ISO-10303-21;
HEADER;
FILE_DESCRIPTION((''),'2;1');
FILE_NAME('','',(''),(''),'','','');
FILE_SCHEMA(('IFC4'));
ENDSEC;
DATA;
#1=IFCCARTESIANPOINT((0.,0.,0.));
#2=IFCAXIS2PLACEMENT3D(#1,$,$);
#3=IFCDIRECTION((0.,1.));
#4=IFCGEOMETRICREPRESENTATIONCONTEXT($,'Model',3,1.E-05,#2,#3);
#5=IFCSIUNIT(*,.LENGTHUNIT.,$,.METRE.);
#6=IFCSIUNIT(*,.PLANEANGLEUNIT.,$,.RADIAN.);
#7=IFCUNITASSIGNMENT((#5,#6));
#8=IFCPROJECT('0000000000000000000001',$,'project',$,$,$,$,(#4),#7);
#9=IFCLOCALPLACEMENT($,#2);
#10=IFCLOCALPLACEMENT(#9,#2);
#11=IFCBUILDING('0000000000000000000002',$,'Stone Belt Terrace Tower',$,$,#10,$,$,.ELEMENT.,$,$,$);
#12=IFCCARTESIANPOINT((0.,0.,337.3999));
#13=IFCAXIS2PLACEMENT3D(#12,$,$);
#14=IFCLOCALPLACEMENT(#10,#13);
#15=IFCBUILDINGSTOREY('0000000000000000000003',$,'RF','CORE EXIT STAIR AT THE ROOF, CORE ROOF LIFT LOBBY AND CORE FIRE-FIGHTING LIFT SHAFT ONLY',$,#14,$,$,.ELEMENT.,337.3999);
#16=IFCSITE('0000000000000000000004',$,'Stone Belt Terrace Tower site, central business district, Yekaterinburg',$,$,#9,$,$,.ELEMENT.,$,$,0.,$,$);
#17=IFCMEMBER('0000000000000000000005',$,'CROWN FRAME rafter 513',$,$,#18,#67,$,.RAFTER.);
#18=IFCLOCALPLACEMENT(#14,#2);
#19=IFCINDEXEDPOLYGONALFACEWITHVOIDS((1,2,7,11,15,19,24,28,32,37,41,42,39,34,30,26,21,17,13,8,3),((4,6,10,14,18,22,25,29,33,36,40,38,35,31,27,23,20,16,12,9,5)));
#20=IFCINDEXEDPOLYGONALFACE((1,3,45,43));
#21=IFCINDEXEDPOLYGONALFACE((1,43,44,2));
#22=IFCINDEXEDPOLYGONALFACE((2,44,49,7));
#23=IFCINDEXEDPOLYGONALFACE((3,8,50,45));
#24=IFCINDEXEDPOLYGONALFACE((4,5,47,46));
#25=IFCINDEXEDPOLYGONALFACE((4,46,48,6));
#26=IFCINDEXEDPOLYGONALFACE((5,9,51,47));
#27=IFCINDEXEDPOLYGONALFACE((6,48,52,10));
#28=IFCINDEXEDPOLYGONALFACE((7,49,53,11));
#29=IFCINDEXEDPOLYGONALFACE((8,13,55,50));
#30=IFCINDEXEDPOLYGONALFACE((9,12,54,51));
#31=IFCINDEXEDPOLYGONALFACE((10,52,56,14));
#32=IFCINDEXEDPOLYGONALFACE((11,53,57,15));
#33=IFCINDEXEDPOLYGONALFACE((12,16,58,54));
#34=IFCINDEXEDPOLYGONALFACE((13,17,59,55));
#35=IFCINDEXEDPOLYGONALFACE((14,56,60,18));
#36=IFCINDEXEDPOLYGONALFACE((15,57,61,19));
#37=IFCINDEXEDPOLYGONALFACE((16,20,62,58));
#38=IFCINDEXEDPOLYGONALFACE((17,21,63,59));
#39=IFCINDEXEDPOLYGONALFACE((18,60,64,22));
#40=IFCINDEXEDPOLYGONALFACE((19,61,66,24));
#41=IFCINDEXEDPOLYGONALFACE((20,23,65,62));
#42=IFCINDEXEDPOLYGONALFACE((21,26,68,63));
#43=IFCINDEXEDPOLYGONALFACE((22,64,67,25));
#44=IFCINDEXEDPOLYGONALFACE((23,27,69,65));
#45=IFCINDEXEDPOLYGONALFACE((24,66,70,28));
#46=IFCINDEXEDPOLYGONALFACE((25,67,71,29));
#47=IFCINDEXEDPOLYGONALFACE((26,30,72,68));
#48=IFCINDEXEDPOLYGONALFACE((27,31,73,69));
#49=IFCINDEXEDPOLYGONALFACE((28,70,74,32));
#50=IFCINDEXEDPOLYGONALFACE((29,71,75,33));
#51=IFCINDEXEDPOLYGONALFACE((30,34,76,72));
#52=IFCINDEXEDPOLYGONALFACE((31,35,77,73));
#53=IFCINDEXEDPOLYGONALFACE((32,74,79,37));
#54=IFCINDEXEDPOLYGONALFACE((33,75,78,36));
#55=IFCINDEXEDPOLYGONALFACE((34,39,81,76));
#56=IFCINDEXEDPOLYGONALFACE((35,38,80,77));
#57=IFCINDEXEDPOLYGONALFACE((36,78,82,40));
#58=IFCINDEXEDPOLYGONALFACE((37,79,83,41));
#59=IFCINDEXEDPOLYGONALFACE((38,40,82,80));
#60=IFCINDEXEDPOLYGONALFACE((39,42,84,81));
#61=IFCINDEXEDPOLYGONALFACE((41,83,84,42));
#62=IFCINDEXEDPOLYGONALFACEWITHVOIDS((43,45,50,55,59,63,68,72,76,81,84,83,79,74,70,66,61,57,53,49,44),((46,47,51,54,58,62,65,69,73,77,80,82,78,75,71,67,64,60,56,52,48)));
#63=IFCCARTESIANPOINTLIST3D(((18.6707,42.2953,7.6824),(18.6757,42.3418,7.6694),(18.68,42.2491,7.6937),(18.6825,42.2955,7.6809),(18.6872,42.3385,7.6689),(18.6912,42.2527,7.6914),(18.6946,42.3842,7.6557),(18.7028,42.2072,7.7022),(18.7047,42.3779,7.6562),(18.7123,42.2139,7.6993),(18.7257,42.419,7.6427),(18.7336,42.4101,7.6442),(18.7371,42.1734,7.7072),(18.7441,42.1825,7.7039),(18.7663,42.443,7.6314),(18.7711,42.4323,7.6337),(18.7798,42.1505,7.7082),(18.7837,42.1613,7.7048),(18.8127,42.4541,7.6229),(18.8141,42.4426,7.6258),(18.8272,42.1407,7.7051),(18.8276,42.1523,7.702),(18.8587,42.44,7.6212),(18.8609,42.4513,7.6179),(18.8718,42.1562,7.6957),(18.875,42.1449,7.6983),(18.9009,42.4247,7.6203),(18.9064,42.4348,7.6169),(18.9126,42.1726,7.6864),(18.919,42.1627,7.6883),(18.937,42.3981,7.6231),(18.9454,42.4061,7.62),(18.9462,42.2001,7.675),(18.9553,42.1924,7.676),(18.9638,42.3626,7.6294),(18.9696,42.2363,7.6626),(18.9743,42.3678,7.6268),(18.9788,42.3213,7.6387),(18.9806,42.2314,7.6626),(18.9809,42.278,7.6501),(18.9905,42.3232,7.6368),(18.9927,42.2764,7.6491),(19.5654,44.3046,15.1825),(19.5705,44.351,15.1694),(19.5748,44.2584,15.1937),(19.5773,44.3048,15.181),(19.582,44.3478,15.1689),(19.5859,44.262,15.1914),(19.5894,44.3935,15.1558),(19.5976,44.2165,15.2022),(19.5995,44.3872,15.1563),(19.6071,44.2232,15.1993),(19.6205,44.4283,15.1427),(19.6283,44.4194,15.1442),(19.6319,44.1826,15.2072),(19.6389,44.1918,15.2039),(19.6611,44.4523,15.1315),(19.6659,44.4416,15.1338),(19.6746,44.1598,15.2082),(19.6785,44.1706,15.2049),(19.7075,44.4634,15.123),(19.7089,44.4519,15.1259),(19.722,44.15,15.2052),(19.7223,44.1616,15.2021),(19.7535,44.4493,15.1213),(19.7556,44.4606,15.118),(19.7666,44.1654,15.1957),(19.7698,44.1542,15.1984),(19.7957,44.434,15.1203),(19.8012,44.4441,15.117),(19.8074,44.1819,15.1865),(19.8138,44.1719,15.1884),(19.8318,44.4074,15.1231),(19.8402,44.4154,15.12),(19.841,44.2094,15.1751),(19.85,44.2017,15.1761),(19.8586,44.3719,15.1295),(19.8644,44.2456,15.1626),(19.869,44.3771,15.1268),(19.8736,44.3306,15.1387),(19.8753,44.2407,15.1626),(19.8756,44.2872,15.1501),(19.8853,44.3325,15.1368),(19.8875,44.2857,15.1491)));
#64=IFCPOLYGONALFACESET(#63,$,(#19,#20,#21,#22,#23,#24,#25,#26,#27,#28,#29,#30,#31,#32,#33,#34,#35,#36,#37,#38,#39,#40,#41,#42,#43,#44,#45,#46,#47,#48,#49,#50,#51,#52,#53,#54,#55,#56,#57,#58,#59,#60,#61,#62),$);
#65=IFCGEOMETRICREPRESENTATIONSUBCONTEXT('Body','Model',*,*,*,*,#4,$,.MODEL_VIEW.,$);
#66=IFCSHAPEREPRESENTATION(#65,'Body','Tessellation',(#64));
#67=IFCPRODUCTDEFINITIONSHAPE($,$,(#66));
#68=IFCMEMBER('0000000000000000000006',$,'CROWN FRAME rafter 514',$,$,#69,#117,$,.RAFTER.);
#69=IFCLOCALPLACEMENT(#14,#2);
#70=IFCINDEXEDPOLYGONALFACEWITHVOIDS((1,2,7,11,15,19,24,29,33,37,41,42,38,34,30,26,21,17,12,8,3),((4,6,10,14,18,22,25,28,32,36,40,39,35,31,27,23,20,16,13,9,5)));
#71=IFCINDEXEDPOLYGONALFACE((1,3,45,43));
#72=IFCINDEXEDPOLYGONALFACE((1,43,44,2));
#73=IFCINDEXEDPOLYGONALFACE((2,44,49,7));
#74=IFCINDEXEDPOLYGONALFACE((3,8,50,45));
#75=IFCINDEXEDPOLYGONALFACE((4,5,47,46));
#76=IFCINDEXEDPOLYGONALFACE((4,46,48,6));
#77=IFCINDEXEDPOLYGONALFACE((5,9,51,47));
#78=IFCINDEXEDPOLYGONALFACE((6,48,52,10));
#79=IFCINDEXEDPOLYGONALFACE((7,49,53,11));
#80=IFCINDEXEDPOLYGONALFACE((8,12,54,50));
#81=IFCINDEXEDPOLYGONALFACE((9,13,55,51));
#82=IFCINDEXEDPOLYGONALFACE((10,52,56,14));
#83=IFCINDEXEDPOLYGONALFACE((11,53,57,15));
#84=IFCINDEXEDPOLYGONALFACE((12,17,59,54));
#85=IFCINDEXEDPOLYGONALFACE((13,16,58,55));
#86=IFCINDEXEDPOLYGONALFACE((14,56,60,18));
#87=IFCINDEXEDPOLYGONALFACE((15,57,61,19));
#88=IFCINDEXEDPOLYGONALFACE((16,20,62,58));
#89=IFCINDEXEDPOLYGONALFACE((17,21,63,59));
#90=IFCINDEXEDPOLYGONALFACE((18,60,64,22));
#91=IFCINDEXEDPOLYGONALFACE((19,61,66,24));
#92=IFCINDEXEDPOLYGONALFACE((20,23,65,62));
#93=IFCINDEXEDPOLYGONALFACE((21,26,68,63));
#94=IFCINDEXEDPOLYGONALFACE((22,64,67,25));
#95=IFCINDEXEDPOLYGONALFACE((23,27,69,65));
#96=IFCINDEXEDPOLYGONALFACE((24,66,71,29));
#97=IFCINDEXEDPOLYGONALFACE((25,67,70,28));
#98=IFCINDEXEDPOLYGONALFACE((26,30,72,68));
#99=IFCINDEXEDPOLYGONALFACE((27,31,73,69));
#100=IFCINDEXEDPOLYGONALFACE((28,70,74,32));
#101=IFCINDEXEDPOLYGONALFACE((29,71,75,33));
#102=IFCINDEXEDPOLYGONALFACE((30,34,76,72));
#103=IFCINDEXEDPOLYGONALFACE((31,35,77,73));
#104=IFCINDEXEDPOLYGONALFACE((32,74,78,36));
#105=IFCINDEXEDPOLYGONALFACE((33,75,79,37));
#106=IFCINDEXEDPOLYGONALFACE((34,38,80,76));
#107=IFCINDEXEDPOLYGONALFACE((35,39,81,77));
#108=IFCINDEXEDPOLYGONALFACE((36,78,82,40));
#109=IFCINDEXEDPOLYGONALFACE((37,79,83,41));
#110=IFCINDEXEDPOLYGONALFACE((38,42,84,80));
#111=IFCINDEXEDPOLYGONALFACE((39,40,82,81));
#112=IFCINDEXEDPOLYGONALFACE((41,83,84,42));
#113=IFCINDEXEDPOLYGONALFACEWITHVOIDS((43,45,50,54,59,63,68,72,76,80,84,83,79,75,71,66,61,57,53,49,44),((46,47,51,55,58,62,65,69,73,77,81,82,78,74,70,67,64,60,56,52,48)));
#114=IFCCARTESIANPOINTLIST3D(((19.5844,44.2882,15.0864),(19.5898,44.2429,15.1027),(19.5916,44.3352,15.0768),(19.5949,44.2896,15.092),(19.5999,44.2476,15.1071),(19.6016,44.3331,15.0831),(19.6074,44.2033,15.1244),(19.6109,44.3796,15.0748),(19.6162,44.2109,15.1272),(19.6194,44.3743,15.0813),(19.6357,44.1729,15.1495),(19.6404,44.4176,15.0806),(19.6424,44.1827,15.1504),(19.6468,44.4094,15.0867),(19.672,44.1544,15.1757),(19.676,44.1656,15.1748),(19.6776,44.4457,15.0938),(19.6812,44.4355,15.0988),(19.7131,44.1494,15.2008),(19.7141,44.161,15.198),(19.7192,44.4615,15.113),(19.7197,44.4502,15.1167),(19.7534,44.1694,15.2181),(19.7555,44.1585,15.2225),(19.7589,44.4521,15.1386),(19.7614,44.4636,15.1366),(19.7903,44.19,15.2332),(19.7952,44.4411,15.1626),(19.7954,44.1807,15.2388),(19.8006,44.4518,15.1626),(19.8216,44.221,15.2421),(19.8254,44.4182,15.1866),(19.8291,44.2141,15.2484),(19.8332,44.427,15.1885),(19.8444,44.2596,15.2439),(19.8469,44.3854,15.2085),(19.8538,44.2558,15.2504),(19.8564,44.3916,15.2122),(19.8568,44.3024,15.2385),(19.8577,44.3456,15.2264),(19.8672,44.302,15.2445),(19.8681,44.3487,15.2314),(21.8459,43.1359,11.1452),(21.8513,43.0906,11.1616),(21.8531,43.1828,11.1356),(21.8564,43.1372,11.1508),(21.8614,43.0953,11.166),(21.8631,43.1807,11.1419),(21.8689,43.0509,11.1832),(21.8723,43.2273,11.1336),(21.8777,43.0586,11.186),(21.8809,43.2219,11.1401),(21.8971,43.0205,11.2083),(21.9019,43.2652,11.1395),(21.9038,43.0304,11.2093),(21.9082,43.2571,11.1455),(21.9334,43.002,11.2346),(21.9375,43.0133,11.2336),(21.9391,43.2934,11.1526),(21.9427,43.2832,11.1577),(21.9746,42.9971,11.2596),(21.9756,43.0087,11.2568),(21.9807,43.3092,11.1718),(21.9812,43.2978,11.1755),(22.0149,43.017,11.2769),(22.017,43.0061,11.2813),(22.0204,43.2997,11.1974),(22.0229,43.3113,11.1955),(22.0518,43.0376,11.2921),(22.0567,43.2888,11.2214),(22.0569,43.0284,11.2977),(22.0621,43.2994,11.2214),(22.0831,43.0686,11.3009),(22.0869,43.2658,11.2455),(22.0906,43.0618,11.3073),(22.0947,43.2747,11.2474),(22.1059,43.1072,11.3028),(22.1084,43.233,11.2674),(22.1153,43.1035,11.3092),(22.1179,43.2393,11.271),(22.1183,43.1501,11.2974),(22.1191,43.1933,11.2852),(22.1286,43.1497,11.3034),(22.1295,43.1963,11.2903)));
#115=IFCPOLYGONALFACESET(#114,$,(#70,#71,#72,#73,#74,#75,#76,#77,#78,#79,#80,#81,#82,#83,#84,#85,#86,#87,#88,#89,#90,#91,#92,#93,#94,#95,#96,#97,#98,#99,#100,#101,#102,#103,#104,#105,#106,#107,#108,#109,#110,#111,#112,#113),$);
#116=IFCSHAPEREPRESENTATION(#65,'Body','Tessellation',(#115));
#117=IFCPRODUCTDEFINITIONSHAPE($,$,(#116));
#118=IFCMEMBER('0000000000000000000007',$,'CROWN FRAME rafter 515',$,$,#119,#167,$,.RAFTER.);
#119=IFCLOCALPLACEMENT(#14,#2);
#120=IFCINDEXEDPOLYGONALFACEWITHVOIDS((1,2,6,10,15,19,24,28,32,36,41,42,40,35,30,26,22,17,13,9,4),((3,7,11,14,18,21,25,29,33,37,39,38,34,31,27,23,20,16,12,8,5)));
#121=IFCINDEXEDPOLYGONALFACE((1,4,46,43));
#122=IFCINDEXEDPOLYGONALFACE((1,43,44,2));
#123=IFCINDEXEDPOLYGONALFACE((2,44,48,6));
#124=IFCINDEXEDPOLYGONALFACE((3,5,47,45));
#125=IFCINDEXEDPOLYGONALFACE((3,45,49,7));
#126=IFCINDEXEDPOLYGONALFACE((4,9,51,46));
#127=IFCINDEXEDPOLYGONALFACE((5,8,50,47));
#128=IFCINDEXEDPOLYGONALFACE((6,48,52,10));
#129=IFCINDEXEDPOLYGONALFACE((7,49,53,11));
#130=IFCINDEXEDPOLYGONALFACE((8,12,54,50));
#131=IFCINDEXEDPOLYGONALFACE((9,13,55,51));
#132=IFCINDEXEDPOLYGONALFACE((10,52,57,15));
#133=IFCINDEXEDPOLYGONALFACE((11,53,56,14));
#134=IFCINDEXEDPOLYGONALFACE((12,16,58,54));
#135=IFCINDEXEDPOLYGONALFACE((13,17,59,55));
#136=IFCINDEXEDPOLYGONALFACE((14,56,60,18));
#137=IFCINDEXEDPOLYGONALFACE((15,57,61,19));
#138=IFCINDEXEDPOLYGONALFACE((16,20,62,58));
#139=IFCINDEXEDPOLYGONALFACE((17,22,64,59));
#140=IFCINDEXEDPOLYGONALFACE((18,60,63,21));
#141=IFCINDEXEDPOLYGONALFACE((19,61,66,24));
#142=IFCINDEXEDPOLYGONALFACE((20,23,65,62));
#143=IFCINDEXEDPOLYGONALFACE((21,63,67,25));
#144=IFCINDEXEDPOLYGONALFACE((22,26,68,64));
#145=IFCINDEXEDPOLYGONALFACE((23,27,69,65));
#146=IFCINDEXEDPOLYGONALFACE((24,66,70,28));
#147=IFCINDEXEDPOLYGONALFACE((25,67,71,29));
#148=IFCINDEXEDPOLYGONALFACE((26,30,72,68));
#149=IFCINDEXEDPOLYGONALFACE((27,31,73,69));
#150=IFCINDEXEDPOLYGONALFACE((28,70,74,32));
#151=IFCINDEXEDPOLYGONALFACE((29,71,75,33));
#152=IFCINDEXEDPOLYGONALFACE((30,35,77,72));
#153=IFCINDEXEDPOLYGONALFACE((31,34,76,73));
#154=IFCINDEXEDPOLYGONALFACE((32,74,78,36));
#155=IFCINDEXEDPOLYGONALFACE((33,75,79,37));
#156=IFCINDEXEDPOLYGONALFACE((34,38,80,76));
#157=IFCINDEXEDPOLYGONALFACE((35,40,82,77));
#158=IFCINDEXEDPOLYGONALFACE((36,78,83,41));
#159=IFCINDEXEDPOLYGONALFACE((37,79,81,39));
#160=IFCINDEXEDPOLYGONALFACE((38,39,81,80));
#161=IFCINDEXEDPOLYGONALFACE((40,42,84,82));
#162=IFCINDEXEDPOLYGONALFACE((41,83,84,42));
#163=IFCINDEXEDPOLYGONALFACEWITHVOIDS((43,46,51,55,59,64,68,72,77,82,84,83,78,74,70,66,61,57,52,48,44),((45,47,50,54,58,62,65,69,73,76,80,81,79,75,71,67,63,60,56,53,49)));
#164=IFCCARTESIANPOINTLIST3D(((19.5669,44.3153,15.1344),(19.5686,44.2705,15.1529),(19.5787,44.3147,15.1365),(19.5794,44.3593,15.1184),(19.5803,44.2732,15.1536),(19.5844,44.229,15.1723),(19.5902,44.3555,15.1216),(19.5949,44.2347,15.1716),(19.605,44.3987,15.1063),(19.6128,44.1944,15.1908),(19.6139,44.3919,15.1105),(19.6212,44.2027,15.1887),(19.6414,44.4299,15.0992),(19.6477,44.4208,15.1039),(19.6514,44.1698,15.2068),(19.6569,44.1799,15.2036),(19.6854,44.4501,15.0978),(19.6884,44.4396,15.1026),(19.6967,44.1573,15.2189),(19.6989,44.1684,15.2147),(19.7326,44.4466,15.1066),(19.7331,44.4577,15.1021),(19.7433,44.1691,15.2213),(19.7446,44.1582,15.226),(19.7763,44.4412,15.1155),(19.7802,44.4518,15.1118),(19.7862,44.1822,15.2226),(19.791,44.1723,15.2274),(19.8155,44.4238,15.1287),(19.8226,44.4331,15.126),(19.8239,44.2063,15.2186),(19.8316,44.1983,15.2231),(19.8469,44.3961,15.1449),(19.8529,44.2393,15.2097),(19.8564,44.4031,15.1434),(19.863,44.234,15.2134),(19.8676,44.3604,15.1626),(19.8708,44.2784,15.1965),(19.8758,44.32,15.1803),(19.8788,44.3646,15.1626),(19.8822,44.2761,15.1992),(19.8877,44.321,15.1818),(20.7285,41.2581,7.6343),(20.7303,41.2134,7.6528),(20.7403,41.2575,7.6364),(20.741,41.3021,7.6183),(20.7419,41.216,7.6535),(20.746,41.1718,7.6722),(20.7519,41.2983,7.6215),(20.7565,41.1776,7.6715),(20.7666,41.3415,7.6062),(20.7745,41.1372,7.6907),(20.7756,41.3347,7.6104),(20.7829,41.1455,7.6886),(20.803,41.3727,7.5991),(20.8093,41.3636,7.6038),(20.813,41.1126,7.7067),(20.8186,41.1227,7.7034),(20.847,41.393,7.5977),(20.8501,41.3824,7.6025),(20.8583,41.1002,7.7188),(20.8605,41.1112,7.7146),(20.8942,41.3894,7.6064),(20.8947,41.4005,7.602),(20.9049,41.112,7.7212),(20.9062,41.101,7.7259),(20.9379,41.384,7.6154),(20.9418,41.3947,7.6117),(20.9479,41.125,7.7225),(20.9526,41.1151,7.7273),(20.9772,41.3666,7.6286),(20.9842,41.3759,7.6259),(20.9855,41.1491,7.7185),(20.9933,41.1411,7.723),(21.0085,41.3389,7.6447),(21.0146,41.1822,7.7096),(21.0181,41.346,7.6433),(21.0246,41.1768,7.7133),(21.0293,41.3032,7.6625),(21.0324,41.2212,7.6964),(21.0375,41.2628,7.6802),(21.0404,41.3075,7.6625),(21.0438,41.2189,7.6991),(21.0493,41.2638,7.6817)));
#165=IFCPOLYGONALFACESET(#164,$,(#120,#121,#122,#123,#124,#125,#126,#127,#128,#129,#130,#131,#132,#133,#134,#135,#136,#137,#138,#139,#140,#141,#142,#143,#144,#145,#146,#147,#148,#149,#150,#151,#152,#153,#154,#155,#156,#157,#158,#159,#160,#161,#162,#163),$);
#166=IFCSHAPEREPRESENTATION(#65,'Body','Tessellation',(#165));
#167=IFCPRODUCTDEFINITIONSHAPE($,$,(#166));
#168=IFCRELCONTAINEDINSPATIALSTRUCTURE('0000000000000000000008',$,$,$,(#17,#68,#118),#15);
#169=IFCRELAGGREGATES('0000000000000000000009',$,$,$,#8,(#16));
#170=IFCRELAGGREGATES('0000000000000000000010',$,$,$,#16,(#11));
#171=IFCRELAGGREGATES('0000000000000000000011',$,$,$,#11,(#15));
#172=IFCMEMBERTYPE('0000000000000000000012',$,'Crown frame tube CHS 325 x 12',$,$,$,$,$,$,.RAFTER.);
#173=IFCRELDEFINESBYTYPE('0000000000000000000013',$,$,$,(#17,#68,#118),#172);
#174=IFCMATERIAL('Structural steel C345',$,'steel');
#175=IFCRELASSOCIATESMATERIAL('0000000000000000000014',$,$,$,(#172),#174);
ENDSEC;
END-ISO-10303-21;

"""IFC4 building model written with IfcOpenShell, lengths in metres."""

from ifc_helpers import new_model, si_unit, direction, frame, origin, origin_2d, place, context, subcontext, project, spatial, hollow_circle, extrude, material, material_profile, profile_set, type_object, element, save


model = new_model("IFC4")

# Units and contexts
model_context = context("Model", 3, precision=1e-05, world=origin(), true_north=direction((0.0, 1.0)))
body_context = subcontext(model_context, "Body", "Model", "MODEL_VIEW")
ifc_project = project(units=[si_unit("LENGTHUNIT", "METRE"), si_unit("PLANEANGLEUNIT", "RADIAN")], contexts=[model_context])

# Site, building, storey
site_placement = place(None, origin())
site = spatial("IfcSite", under=ifc_project, at=site_placement, Name="Stone Belt Terrace Tower site, central business district, Yekaterinburg", CompositionType="ELEMENT", RefElevation=0.0)
building_placement = place(site_placement, origin())
building = spatial("IfcBuilding", under=site, at=building_placement, Name="Stone Belt Terrace Tower", CompositionType="ELEMENT")
storey_placement = place(building_placement, frame((0.0, 0.0, 337.3999)))
storey = spatial("IfcBuildingStorey", under=building, at=storey_placement, Name="RF", Description="CORE EXIT STAIR AT THE ROOF, CORE ROOF LIFT LOBBY AND CORE FIRE-FIGHTING LIFT SHAFT ONLY", CompositionType="ELEMENT", Elevation=337.3999)

# Members
ifc_material_1 = material(Name="Structural steel C345", Category="steel")
ifc_material_profile_1 = material_profile(ifc_material_1, hollow_circle(Radius=0.1626, WallThickness=0.012, at=origin_2d()), Name="Structural steel C345 CHS 325x12")
ifc_profile_set_1 = profile_set([ifc_material_profile_1], Name="Structural steel C345")
member_type_1 = type_object("IfcMemberType", Name="Crown frame tube CHS 325 x 12", PredefinedType="RAFTER", material=ifc_profile_set_1)
member_1_placement = place(storey_placement, frame((19.7268, 44.3069, 15.1626), z_axis=(-0.114482, -0.257077, -0.959586), x_axis=(0.913514, -0.406808, 0.0)))
element("IfcMember", 1, at=member_1_placement, inside=storey, type_object=member_type_1, Name="CROWN FRAME rafter 513", PredefinedType="RAFTER", context=body_context, shape_type="SweptSolid", body=[
    extrude(hollow_circle(Radius=0.1626, WallThickness=0.012, at=origin_2d()), origin(), (0.0, 0.0, 1.0), 7.8159),
])
member_2_placement = place(storey_placement, frame((19.7268, 44.3069, 15.1626), z_axis=(0.482423, -0.245821, -0.840738), x_axis=(0.454011, 0.890996, 0.0)))
element("IfcMember", 2, at=member_2_placement, inside=storey, type_object=member_type_1, Name="CROWN FRAME rafter 514", PredefinedType="RAFTER", context=body_context, shape_type="SweptSolid", body=[
    extrude(hollow_circle(Radius=0.1626, WallThickness=0.012, at=origin_2d()), origin(), (0.0, 0.0, 1.0), 4.6877),
])
member_3_placement = place(storey_placement, frame((19.7268, 44.3069, 15.1626), z_axis=(0.141972, -0.37364, -0.916644), x_axis=(0.934793, 0.355194, 0.0)))
element("IfcMember", 3, at=member_3_placement, inside=storey, type_object=member_type_1, Name="CROWN FRAME rafter 515", PredefinedType="RAFTER", context=body_context, shape_type="SweptSolid", body=[
    extrude(hollow_circle(Radius=0.1626, WallThickness=0.012, at=origin_2d()), origin(), (0.0, 0.0, 1.0), 8.1821),
])

save(model, "model.ifc")
